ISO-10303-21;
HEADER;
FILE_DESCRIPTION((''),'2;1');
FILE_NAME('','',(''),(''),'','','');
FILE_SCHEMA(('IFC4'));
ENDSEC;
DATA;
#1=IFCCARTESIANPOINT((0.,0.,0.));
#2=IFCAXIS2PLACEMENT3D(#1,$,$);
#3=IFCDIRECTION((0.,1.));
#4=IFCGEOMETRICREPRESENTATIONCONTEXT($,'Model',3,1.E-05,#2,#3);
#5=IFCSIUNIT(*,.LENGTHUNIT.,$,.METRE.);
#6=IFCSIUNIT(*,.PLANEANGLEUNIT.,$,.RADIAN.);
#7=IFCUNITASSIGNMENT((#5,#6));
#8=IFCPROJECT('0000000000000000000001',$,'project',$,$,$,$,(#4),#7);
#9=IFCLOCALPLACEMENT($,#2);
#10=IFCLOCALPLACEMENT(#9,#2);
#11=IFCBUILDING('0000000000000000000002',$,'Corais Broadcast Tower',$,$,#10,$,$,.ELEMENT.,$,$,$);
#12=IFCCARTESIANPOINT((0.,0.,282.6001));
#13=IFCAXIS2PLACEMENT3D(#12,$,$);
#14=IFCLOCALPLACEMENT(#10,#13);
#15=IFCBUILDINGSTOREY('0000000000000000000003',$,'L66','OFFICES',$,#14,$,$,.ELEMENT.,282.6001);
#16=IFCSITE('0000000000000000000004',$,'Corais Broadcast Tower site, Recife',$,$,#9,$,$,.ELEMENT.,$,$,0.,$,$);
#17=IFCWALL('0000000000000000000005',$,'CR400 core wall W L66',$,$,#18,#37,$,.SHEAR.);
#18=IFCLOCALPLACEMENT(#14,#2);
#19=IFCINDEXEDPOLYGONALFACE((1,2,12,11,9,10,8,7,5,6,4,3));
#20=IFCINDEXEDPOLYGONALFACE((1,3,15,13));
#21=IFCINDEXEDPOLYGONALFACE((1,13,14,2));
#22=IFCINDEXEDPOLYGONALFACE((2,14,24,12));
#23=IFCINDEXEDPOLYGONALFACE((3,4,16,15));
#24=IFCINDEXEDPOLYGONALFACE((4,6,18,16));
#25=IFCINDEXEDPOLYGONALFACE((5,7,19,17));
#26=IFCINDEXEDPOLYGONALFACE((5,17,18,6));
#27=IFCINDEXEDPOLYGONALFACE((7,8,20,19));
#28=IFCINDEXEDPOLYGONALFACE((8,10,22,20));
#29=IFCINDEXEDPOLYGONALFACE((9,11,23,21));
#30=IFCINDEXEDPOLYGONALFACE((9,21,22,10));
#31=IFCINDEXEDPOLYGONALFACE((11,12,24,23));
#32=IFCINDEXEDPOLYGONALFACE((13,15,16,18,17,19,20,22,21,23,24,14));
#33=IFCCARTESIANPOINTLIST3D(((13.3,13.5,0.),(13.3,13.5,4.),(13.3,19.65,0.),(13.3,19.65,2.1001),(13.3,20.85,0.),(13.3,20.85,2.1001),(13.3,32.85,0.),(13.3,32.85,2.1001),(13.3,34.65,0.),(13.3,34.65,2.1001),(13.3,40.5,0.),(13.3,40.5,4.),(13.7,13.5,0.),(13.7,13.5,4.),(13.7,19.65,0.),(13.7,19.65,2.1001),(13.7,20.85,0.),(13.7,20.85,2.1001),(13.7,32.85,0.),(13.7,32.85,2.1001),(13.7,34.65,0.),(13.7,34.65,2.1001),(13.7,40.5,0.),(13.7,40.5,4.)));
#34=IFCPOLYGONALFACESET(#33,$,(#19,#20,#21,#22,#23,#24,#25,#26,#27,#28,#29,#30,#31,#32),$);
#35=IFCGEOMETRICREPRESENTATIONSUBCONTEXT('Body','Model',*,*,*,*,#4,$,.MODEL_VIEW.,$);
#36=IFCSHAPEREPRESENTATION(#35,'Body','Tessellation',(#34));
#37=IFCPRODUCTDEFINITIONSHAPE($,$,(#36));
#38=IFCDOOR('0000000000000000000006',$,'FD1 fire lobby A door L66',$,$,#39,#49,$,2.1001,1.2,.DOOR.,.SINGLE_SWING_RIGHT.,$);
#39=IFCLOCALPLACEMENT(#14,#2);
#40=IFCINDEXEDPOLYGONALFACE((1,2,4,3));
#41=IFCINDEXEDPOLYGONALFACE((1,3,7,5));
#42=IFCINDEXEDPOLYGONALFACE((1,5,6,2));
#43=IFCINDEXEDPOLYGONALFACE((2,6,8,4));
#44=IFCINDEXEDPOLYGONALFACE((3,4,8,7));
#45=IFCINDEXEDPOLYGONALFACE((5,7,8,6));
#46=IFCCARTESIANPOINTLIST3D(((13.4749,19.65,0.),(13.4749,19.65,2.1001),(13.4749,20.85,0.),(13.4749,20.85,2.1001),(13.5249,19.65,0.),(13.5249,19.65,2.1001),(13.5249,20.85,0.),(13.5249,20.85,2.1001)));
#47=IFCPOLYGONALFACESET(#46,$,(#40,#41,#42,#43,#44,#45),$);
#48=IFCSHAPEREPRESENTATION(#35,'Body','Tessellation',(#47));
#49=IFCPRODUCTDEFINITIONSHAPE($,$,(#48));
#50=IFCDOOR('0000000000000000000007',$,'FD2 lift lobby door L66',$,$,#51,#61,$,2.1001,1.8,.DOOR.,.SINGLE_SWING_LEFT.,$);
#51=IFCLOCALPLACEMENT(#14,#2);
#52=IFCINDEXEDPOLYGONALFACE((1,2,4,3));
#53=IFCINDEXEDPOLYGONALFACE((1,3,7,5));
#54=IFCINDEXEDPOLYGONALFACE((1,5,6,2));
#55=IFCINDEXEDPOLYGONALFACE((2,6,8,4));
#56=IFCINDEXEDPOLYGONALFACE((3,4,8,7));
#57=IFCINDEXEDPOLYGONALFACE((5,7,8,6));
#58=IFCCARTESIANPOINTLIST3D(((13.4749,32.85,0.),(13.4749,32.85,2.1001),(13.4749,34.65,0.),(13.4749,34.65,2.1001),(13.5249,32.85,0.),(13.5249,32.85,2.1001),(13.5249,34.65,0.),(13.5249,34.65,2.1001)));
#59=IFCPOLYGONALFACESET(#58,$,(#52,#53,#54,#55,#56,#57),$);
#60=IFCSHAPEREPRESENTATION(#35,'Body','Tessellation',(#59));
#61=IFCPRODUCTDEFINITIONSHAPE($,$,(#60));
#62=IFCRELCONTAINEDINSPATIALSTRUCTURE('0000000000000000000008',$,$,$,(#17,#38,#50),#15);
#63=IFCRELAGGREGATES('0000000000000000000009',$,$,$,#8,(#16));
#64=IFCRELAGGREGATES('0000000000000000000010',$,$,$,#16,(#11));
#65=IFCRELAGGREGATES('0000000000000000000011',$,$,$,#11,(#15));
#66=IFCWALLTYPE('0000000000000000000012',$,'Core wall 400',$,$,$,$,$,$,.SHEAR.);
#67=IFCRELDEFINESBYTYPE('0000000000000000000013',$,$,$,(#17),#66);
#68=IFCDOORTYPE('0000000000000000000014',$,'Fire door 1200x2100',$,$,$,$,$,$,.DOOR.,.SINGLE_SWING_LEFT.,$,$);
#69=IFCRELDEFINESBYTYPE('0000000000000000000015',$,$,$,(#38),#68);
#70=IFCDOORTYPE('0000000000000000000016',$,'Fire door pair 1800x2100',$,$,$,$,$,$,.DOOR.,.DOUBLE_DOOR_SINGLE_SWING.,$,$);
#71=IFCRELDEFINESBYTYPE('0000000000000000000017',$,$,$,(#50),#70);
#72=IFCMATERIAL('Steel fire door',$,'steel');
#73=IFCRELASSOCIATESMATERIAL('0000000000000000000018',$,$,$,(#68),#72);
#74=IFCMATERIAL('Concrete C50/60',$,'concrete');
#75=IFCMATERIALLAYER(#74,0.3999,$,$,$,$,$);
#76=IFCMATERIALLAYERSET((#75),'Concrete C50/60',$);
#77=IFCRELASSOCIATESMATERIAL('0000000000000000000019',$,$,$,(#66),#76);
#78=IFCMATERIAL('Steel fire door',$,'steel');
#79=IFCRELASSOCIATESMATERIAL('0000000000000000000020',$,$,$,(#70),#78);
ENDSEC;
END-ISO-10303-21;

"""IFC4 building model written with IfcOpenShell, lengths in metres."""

from ifc_helpers import new_model, si_unit, direction, frame, frame_2d, origin, place, context, subcontext, project, spatial, rectangle, extrude, material, layer, layer_set, type_object, element, fill, save


model = new_model("IFC4")

# Units and contexts
model_context = context("Model", 3, precision=1e-05, world=origin(), true_north=direction((0.0, 1.0)))
body_context = subcontext(model_context, "Body", "Model", "MODEL_VIEW")
ifc_project = project(units=[si_unit("LENGTHUNIT", "METRE"), si_unit("PLANEANGLEUNIT", "RADIAN")], contexts=[model_context])

# Site, building, storey
site_placement = place(None, origin())
site = spatial("IfcSite", under=ifc_project, at=site_placement, Name="Corais Broadcast Tower site, Recife", CompositionType="ELEMENT", RefElevation=0.0)
building_placement = place(site_placement, origin())
building = spatial("IfcBuilding", under=site, at=building_placement, Name="Corais Broadcast Tower", CompositionType="ELEMENT")
storey_placement = place(building_placement, frame((0.0, 0.0, 282.6001)))
storey = spatial("IfcBuildingStorey", under=building, at=storey_placement, Name="L66", Description="OFFICES", CompositionType="ELEMENT", Elevation=282.6001)

# Wall, openings, doors
ifc_material_1 = material(Name="Steel fire door", Category="steel")
door_type_1 = type_object("IfcDoorType", Name="Fire door 1200x2100", OperationType="SINGLE_SWING_LEFT", PredefinedType="DOOR", material=ifc_material_1)
ifc_material_2 = material(Name="Concrete C50/60", Category="concrete")
ifc_layer_1 = layer(ifc_material_2, 0.3999)
ifc_layer_set_1 = layer_set([ifc_layer_1], Name="Concrete C50/60")
wall_type_1 = type_object("IfcWallType", Name="Core wall 400", PredefinedType="SHEAR", material=ifc_layer_set_1)
wall_1_placement = place(storey_placement, frame((13.5, 40.5, 0.0), z_axis=(0.0, 0.0, 1.0), x_axis=(0.0, -1.0, 0.0)))
wall_1 = element("IfcWall", 1, at=wall_1_placement, inside=storey, type_object=wall_type_1, Name="CR400 core wall W L66", PredefinedType="SHEAR", context=body_context, shape_type="SweptSolid", body=[
    extrude(rectangle(XDim=27.0, YDim=0.3999, at=frame_2d((13.5, 0.0))), origin(), (0.0, 0.0, 1.0), 4.0),
])
opening_1_placement = place(wall_1_placement, frame((19.6499, 0.0, 0.0)))
opening_1 = element("IfcOpeningElement", 2, at=opening_1_placement, cuts=wall_1, PredefinedType="OPENING", context=body_context, shape_type="SweptSolid", body=[
    extrude(rectangle(XDim=1.2, YDim=2.1001, at=frame_2d((0.6001, 1.05))), frame((0.0, 0.21, 0.0), z_axis=(0.0, -1.0, 0.0), x_axis=(1.0, 0.0, 0.0)), (0.0, 0.0, 1.0), 0.4199),
])
opening_2_placement = place(wall_1_placement, frame((5.8501, 0.0, 0.0)))
opening_2 = element("IfcOpeningElement", 3, at=opening_2_placement, cuts=wall_1, PredefinedType="OPENING", context=body_context, shape_type="SweptSolid", body=[
    extrude(rectangle(XDim=1.8, YDim=2.1001, at=frame_2d((0.8999, 1.05))), frame((0.0, 0.21, 0.0), z_axis=(0.0, -1.0, 0.0), x_axis=(1.0, 0.0, 0.0)), (0.0, 0.0, 1.0), 0.4199),
])
door_1_placement = place(opening_1_placement, origin())
door_1 = element("IfcDoor", 4, at=door_1_placement, inside=storey, type_object=door_type_1, Name="FD1 fire lobby A door L66", OperationType="SINGLE_SWING_RIGHT", OverallHeight=2.1001, OverallWidth=1.2, PredefinedType="DOOR", context=body_context, shape_type="SweptSolid", body=[
    extrude(rectangle(XDim=1.2, YDim=2.1001, at=frame_2d((0.6001, 1.05))), frame((0.0, 0.0249, 0.0), z_axis=(0.0, -1.0, 0.0), x_axis=(1.0, 0.0, 0.0)), (0.0, 0.0, 1.0), 0.05),
])
fill(opening_1, door_1)
ifc_material_3 = material(Name="Steel fire door", Category="steel")
door_type_2 = type_object("IfcDoorType", Name="Fire door pair 1800x2100", OperationType="DOUBLE_DOOR_SINGLE_SWING", PredefinedType="DOOR", material=ifc_material_3)
door_2_placement = place(opening_2_placement, origin())
door_2 = element("IfcDoor", 5, at=door_2_placement, inside=storey, type_object=door_type_2, Name="FD2 lift lobby door L66", OperationType="SINGLE_SWING_LEFT", OverallHeight=2.1001, OverallWidth=1.8, PredefinedType="DOOR", context=body_context, shape_type="SweptSolid", body=[
    extrude(rectangle(XDim=1.8, YDim=2.1001, at=frame_2d((0.8999, 1.05))), frame((0.0, 0.0249, 0.0), z_axis=(0.0, -1.0, 0.0), x_axis=(1.0, 0.0, 0.0)), (0.0, 0.0, 1.0), 0.05),
])
fill(opening_2, door_2)

save(model, "model.ifc")
